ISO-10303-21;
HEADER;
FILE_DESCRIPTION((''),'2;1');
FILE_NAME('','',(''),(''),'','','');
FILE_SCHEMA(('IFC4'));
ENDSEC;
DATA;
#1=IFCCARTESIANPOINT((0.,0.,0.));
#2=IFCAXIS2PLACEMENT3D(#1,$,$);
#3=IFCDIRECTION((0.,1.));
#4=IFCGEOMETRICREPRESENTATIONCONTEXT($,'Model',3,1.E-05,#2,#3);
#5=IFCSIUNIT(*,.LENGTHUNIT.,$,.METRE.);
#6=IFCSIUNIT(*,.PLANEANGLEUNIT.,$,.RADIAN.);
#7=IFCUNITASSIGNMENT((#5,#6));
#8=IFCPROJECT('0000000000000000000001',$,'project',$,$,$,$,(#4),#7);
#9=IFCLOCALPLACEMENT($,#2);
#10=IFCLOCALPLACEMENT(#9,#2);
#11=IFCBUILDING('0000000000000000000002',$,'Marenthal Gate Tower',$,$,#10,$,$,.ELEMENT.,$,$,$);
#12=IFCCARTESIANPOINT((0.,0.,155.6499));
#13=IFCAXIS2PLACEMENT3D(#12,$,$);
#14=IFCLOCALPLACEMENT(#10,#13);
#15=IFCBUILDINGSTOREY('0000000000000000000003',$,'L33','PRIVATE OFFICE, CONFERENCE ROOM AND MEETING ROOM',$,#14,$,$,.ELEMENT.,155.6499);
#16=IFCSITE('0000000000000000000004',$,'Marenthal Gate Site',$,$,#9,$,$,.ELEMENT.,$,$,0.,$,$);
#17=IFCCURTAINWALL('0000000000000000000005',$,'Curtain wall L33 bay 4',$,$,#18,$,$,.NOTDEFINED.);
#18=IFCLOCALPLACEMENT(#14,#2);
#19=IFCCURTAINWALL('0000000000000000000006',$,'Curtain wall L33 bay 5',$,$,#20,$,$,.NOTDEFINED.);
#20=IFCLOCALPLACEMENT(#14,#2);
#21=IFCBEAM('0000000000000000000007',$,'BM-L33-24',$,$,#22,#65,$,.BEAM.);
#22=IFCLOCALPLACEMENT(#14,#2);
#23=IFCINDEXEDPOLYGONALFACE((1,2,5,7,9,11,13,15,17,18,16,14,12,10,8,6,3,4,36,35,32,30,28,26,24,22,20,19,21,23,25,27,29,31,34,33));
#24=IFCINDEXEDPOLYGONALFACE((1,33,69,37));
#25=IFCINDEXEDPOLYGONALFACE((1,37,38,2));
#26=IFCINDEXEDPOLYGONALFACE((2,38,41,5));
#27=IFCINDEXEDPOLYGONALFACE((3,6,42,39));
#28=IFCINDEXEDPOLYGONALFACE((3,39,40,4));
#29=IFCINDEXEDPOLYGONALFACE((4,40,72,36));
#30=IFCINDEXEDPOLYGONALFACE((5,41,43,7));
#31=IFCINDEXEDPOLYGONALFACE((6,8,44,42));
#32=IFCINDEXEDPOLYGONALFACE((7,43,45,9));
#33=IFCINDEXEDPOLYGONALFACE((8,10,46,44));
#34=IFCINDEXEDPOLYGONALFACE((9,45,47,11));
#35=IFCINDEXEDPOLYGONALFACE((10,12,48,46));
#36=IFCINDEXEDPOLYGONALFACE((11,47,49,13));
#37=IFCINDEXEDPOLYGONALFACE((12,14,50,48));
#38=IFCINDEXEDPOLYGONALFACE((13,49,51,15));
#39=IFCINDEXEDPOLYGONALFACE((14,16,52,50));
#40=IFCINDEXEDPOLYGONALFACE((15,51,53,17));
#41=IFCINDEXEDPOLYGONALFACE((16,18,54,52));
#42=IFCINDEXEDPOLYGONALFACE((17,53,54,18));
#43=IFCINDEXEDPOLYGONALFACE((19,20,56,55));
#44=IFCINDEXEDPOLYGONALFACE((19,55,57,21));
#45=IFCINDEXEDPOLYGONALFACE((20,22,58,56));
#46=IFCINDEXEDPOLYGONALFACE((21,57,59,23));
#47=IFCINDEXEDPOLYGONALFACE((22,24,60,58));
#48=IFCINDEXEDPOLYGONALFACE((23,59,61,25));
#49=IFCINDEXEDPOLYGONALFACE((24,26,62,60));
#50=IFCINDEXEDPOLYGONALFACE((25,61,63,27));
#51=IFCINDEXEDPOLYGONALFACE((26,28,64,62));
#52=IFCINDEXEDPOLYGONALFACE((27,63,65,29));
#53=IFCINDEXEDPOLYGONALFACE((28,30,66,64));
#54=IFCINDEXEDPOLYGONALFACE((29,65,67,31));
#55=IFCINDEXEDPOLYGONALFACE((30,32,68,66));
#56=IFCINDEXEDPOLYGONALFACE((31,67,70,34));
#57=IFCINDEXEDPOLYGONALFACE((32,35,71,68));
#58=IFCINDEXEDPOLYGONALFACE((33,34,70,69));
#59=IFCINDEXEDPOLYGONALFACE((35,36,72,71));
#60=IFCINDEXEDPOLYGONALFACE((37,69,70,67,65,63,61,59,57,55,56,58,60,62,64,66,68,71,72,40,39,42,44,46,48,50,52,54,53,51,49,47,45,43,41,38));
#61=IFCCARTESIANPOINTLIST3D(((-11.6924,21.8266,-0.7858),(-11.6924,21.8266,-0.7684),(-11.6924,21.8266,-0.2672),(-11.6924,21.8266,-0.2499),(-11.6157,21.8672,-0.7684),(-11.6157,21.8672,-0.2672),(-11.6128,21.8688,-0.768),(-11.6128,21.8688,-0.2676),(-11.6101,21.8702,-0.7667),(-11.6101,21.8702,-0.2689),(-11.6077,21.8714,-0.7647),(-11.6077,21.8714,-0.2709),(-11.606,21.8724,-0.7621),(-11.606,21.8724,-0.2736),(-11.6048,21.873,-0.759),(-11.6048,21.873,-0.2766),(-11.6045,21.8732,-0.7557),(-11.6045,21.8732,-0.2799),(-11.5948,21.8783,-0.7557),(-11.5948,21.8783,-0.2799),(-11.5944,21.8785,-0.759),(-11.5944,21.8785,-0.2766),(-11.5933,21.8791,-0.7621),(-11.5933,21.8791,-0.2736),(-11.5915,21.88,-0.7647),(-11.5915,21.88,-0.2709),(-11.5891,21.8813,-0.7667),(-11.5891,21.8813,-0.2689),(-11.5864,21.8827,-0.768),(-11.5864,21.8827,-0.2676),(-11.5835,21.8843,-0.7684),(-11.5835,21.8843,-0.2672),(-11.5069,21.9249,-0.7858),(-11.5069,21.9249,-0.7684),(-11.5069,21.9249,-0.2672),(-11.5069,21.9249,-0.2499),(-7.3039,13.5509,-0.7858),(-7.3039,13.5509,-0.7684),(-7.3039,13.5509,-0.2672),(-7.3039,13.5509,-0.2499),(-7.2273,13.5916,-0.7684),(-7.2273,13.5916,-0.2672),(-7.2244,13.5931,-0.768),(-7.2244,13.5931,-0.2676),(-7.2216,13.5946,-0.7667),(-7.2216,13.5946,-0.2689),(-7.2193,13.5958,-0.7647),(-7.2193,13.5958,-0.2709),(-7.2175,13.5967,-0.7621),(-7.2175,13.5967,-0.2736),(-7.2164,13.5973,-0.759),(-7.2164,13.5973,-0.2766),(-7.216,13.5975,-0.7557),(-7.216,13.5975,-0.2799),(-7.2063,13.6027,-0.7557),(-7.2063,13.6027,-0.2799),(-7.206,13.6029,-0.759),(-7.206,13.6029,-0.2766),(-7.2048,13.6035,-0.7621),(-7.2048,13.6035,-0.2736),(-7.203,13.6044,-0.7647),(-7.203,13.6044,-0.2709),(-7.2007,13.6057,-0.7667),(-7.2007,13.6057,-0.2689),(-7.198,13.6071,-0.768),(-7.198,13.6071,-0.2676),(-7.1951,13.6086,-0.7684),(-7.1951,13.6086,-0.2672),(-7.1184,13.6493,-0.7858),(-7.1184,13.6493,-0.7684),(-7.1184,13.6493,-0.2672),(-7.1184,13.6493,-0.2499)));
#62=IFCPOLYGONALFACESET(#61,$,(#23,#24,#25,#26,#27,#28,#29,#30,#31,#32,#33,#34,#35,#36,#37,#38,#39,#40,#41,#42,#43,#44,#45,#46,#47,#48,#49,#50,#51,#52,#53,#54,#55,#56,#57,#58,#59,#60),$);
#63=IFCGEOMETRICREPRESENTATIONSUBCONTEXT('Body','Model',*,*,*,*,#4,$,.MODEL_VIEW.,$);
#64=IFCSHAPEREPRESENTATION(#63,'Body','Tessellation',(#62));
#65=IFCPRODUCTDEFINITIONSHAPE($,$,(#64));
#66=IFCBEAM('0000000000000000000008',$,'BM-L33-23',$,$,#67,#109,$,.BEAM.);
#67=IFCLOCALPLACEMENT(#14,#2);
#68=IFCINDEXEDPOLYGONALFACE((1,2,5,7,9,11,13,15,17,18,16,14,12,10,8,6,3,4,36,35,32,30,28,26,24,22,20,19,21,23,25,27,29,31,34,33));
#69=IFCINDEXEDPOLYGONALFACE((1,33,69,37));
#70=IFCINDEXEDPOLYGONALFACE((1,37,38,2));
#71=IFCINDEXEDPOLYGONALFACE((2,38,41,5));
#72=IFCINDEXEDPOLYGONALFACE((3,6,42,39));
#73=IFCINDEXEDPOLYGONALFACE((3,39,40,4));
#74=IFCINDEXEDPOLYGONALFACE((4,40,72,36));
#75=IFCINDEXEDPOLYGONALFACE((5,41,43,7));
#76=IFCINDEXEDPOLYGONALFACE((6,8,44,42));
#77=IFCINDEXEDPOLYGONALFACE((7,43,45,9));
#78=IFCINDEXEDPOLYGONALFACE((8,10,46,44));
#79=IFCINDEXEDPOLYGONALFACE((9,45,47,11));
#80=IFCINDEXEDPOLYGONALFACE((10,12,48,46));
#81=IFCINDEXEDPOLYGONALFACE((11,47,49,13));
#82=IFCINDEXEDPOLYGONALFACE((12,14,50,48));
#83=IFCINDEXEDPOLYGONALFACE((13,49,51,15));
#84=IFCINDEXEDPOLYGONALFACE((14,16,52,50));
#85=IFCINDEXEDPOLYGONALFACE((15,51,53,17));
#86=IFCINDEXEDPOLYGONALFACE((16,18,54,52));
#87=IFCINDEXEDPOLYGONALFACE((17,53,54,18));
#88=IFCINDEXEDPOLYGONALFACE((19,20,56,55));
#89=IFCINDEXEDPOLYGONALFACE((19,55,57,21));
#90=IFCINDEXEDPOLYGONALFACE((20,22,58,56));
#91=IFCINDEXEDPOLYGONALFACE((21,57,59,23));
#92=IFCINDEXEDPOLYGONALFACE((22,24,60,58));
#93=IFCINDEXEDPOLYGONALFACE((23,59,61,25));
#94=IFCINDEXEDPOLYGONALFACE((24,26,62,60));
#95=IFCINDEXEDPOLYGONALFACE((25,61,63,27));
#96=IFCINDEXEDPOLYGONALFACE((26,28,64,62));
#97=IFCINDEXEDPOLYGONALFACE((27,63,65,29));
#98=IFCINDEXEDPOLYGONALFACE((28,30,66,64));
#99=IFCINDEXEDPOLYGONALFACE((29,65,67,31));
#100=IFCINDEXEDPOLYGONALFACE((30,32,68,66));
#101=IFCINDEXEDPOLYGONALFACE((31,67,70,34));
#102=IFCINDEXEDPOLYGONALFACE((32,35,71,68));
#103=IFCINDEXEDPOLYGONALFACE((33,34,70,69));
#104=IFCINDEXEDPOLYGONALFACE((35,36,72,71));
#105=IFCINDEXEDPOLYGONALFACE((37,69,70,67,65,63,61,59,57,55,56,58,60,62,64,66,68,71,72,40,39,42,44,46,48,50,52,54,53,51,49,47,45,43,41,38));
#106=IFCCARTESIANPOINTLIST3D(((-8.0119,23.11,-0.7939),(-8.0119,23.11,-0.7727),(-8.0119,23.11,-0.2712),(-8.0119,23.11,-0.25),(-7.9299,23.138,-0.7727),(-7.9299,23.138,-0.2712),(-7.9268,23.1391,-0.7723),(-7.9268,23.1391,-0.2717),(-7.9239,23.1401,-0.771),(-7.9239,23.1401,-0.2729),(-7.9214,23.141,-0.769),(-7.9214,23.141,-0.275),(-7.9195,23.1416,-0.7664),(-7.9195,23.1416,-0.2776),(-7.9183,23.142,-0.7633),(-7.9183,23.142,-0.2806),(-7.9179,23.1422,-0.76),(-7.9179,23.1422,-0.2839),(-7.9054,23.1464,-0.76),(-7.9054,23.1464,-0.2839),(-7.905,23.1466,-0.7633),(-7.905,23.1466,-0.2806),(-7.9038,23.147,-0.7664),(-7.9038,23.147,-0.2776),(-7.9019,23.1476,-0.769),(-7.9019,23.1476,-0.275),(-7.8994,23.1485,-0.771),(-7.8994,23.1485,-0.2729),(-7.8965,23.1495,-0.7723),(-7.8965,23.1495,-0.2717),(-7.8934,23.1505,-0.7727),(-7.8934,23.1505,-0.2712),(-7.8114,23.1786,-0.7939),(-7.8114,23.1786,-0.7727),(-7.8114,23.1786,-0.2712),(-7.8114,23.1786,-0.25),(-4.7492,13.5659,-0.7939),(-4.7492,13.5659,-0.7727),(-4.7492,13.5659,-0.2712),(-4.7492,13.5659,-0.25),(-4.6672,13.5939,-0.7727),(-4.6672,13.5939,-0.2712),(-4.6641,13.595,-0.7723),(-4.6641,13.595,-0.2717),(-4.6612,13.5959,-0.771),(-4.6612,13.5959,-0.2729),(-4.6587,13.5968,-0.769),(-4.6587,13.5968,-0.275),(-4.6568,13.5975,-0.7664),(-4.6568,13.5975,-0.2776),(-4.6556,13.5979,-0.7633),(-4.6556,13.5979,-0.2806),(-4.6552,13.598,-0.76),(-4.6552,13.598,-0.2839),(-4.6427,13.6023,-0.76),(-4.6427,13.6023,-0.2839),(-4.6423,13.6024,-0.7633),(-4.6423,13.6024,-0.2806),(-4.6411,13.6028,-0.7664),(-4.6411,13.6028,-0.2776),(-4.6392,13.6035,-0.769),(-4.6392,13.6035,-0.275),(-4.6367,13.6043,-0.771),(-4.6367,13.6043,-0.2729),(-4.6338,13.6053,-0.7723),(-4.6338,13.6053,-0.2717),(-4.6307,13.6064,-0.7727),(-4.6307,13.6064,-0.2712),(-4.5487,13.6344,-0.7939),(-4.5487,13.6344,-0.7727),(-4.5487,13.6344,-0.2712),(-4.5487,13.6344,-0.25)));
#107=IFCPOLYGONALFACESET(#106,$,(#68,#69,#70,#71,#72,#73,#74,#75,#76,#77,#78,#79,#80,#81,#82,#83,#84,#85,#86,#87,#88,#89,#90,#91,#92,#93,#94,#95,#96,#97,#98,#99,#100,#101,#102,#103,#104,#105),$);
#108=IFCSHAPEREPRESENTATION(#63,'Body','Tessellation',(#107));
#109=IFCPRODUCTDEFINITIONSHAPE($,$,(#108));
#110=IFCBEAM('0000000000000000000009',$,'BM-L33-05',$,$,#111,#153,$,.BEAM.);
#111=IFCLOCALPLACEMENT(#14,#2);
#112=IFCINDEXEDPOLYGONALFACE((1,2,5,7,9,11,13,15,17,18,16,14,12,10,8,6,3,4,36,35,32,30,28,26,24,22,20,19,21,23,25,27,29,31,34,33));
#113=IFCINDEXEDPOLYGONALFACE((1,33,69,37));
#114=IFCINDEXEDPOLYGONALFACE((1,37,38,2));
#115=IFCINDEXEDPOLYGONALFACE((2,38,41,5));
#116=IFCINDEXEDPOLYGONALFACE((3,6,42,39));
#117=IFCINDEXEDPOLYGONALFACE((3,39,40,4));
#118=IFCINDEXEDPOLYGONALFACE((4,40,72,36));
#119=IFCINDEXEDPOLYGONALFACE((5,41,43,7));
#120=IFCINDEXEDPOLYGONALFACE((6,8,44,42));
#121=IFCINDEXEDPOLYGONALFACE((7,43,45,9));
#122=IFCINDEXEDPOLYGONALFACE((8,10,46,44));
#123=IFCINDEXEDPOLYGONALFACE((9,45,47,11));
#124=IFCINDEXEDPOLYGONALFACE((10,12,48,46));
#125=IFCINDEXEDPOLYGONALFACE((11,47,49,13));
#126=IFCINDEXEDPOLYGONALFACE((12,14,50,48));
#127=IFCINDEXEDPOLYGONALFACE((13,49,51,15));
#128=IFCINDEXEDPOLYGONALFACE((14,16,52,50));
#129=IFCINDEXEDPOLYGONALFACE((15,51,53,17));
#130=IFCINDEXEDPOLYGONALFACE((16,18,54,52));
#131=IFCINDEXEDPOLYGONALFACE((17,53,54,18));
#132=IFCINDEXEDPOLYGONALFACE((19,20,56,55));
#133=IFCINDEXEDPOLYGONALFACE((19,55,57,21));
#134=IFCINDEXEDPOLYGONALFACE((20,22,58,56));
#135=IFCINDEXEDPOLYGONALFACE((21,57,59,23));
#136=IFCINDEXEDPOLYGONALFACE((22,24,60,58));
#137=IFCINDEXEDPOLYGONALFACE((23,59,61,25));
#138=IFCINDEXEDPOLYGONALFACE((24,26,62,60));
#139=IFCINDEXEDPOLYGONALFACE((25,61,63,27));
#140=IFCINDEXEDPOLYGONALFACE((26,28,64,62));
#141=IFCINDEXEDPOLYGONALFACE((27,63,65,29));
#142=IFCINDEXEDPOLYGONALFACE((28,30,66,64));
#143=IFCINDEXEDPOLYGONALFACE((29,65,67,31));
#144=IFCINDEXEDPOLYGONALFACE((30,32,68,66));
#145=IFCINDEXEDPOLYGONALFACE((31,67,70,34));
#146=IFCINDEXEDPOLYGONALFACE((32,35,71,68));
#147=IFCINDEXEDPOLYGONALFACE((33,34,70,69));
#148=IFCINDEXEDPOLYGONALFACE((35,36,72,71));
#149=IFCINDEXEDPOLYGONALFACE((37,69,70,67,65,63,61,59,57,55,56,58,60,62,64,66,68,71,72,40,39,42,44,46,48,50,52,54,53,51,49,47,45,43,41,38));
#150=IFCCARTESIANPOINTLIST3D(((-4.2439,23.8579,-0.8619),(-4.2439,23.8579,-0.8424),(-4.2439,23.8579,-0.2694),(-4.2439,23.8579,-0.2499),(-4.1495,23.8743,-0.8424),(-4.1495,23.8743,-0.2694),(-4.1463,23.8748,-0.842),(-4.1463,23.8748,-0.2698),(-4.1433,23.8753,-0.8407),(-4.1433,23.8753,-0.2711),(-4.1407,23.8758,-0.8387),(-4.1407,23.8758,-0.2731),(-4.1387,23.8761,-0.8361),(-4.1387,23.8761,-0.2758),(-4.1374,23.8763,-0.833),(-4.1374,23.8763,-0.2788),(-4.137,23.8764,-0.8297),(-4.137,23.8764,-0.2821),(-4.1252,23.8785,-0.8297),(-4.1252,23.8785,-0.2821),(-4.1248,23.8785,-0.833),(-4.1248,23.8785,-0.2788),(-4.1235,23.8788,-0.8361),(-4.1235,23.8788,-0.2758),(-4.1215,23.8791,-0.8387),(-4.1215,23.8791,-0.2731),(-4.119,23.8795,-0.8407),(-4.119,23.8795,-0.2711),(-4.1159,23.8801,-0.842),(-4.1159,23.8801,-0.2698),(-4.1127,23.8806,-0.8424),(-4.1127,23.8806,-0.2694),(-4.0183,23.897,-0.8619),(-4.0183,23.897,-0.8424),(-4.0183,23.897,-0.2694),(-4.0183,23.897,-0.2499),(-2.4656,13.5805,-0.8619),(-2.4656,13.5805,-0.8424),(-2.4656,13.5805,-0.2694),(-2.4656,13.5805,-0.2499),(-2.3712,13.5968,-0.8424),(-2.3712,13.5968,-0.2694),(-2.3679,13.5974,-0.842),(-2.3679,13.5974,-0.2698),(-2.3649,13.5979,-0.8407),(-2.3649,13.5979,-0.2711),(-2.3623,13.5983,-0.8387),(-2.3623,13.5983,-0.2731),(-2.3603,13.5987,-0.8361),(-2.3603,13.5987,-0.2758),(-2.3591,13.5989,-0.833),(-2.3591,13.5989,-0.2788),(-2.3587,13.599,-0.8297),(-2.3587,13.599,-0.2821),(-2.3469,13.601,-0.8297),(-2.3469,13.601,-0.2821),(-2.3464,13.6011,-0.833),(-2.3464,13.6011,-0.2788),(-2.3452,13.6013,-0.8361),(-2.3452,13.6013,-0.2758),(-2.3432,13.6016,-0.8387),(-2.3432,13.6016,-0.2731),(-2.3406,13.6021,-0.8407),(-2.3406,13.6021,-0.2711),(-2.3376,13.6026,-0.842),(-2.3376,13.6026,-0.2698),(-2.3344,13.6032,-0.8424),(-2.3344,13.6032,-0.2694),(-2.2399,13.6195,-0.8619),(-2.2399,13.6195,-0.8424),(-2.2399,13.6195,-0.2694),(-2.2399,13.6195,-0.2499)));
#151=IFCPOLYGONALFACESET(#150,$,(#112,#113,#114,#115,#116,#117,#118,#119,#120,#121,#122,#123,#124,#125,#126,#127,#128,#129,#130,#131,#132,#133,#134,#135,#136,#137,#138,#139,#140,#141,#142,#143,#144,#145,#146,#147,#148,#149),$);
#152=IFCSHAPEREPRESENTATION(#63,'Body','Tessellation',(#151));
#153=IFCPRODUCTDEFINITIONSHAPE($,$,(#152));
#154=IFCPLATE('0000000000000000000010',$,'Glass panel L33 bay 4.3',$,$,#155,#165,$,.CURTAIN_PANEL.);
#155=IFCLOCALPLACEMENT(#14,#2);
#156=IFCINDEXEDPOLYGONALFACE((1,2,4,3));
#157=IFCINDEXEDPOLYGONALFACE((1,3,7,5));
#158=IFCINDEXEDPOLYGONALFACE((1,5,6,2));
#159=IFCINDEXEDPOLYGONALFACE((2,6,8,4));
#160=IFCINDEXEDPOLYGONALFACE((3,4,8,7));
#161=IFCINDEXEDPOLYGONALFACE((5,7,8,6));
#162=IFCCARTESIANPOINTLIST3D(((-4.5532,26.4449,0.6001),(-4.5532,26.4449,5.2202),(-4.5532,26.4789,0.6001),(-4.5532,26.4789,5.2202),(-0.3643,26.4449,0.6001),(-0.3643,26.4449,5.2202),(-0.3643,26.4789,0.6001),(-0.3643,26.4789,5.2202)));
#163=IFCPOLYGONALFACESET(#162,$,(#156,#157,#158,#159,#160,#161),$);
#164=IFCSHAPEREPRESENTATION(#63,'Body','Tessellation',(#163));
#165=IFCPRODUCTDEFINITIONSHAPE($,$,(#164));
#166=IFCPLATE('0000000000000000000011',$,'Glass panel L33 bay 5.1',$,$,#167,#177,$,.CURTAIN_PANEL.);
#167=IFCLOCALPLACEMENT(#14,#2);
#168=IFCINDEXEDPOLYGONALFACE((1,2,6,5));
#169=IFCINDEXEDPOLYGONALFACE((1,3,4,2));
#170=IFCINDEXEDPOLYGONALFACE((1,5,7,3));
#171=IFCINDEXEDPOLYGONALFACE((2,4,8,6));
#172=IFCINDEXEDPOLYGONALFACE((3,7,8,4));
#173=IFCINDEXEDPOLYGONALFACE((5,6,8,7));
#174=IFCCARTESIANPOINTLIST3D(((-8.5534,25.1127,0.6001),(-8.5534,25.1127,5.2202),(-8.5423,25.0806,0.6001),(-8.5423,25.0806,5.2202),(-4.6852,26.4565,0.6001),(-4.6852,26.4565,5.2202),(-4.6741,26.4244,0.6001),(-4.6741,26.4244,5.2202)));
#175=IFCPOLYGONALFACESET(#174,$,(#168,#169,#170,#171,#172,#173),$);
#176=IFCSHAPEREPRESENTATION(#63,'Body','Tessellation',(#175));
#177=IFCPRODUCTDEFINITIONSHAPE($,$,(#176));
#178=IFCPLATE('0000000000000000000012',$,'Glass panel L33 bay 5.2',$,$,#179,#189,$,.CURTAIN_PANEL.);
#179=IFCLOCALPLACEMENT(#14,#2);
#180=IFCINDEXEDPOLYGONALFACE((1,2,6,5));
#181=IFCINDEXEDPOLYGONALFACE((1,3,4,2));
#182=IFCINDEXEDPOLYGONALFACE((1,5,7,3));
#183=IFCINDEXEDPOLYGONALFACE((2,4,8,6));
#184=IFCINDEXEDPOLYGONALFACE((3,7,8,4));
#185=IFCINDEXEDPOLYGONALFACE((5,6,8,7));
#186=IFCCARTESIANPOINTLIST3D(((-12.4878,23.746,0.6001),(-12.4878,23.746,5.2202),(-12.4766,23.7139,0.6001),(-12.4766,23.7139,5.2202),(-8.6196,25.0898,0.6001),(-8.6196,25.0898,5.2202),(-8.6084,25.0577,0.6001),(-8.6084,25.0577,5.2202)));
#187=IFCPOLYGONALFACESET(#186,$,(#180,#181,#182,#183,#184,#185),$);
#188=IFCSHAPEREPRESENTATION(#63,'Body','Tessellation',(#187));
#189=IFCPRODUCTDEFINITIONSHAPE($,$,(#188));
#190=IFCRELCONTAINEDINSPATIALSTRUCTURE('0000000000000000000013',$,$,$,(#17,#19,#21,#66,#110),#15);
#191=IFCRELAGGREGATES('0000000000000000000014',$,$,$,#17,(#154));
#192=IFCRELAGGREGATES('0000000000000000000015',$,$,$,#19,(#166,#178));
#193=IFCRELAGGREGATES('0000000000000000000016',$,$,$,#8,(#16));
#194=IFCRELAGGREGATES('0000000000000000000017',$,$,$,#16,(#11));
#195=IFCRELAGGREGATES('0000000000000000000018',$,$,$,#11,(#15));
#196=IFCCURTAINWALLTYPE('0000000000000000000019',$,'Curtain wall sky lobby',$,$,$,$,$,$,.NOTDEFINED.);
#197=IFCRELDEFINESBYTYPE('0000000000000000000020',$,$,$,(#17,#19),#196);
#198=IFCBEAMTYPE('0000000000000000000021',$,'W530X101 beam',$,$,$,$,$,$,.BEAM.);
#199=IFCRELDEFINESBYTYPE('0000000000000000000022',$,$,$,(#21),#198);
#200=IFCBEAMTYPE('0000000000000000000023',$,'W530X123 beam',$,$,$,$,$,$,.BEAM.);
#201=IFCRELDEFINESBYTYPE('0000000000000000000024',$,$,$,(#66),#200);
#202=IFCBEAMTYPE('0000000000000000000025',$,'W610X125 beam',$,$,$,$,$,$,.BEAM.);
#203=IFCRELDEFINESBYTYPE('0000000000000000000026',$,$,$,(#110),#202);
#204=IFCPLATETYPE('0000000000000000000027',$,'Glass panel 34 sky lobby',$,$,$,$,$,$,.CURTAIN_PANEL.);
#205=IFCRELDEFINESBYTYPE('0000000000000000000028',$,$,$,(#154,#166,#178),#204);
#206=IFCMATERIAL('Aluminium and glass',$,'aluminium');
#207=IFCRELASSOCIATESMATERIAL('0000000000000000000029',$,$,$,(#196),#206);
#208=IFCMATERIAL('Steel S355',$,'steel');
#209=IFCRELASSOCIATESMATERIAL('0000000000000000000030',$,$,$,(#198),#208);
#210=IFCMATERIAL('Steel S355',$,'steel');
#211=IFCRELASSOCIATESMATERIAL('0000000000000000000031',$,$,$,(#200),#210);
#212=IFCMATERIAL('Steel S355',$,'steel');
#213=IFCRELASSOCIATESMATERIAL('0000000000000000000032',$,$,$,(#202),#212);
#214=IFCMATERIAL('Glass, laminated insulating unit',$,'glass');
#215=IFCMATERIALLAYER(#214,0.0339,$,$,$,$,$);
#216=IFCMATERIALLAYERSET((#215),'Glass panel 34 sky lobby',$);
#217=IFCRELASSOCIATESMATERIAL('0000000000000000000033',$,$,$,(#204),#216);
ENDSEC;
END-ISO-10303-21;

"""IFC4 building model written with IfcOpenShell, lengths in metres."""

from ifc_helpers import new_model, si_unit, direction, frame, origin, origin_2d, place, context, subcontext, project, spatial, rectangle, i_section, extrude, material, layer, layer_set, material_profile, profile_set, type_object, element, aggregate, save


model = new_model("IFC4")

# Units and contexts
model_context = context("Model", 3, precision=1e-05, world=origin(), true_north=direction((0.0, 1.0)))
body_context = subcontext(model_context, "Body", "Model", "MODEL_VIEW")
ifc_project = project(units=[si_unit("LENGTHUNIT", "METRE"), si_unit("PLANEANGLEUNIT", "RADIAN")], contexts=[model_context])

# Site, building, storey
site_placement = place(None, origin())
site = spatial("IfcSite", under=ifc_project, at=site_placement, Name="Marenthal Gate Site", CompositionType="ELEMENT", RefElevation=0.0)
building_placement = place(site_placement, origin())
building = spatial("IfcBuilding", under=site, at=building_placement, Name="Marenthal Gate Tower", CompositionType="ELEMENT")
storey_placement = place(building_placement, frame((0.0, 0.0, 155.6499)))
storey = spatial("IfcBuildingStorey", under=building, at=storey_placement, Name="L33", Description="PRIVATE OFFICE, CONFERENCE ROOM AND MEETING ROOM", CompositionType="ELEMENT", Elevation=155.6499)

# Curtain walls
ifc_material_1 = material(Name="Aluminium and glass", Category="aluminium")
curtain_wall_type = type_object("IfcCurtainWallType", Name="Curtain wall sky lobby", PredefinedType="NOTDEFINED", material=ifc_material_1)
curtain_wall_1_placement = place(storey_placement, origin())
curtain_wall_1 = element("IfcCurtainWall", 1, at=curtain_wall_1_placement, inside=storey, type_object=curtain_wall_type, Name="Curtain wall L33 bay 4", PredefinedType="NOTDEFINED")
curtain_wall_2_placement = place(storey_placement, origin())
curtain_wall_2 = element("IfcCurtainWall", 2, at=curtain_wall_2_placement, inside=storey, type_object=curtain_wall_type, Name="Curtain wall L33 bay 5", PredefinedType="NOTDEFINED")

# Beams
ifc_material_2 = material(Name="Steel S355", Category="steel")
ifc_material_profile_1 = material_profile(ifc_material_2, i_section(OverallWidth=0.21, OverallDepth=0.5359, WebThickness=0.011, FlangeThickness=0.0173, FilletRadius=0.0127, at=origin_2d()), Name="W530X101")
ifc_profile_set_1 = profile_set([ifc_material_profile_1], Name="Steel S355")
beam_type_1 = type_object("IfcBeamType", Name="W530X101 beam", PredefinedType="BEAM", material=ifc_profile_set_1)
beam_1_placement = place(storey_placement, frame((-11.5996, 21.8757, -0.5178), z_axis=(0.468489, -0.883469, 0.0), x_axis=(0.883469, 0.468489, 0.0)))
element("IfcBeam", 3, at=beam_1_placement, inside=storey, type_object=beam_type_1, Name="BM-L33-24", PredefinedType="BEAM", context=body_context, shape_type="SweptSolid", body=[
    extrude(i_section(OverallWidth=0.21, OverallDepth=0.5359, WebThickness=0.011, FlangeThickness=0.0173, FilletRadius=0.0127, at=origin_2d()), origin(), (0.0, 0.0, 1.0), 9.3672),
])
ifc_material_3 = material(Name="Steel S355", Category="steel")
ifc_material_profile_2 = material_profile(ifc_material_3, i_section(OverallWidth=0.2119, OverallDepth=0.5439, WebThickness=0.0132, FlangeThickness=0.0212, FilletRadius=0.0127, at=origin_2d()), Name="W530X123")
ifc_profile_set_2 = profile_set([ifc_material_profile_2], Name="Steel S355")
beam_type_2 = type_object("IfcBeamType", Name="W530X123 beam", PredefinedType="BEAM", material=ifc_profile_set_2)
beam_2_placement = place(storey_placement, frame((-7.9116, 23.1443, -0.522), z_axis=(0.323473, -0.946238, 0.0), x_axis=(0.946238, 0.323473, 0.0)))
element("IfcBeam", 4, at=beam_2_placement, inside=storey, type_object=beam_type_2, Name="BM-L33-23", PredefinedType="BEAM", context=body_context, shape_type="SweptSolid", body=[
    extrude(i_section(OverallWidth=0.2119, OverallDepth=0.5439, WebThickness=0.0132, FlangeThickness=0.0212, FilletRadius=0.0127, at=origin_2d()), origin(), (0.0, 0.0, 1.0), 10.0864),
])
ifc_material_4 = material(Name="Steel S355", Category="steel")
ifc_material_profile_3 = material_profile(ifc_material_4, i_section(OverallWidth=0.229, OverallDepth=0.6121, WebThickness=0.012, FlangeThickness=0.0195, FilletRadius=0.0127, at=origin_2d()), Name="W610X125")
ifc_profile_set_3 = profile_set([ifc_material_profile_3], Name="Steel S355")
beam_type_3 = type_object("IfcBeamType", Name="W610X125 beam", PredefinedType="BEAM", material=ifc_profile_set_3)
beam_3_placement = place(storey_placement, frame((-4.1311, 23.8774, -0.5559), z_axis=(0.170499, -0.985358, 0.0), x_axis=(0.985358, 0.170499, 0.0)))
element("IfcBeam", 5, at=beam_3_placement, inside=storey, type_object=beam_type_3, Name="BM-L33-05", PredefinedType="BEAM", context=body_context, shape_type="SweptSolid", body=[
    extrude(i_section(OverallWidth=0.229, OverallDepth=0.6121, WebThickness=0.012, FlangeThickness=0.0195, FilletRadius=0.0127, at=origin_2d()), origin(), (0.0, 0.0, 1.0), 10.4302),
])

# Plates
ifc_material_5 = material(Name="Glass, laminated insulating unit", Category="glass")
ifc_layer_1 = layer(ifc_material_5, 0.0339)
ifc_layer_set_1 = layer_set([ifc_layer_1], Name="Glass panel 34 sky lobby")
plate_type = type_object("IfcPlateType", Name="Glass panel 34 sky lobby", PredefinedType="CURTAIN_PANEL", material=ifc_layer_set_1)
plate_1_placement = place(storey_placement, frame((-2.4587, 26.4619, 0.6001), z_axis=(0.0, 0.0, 1.0), x_axis=(-1.0, 0.0, 0.0)))
plate_1 = element("IfcPlate", 6, at=plate_1_placement, type_object=plate_type, Name="Glass panel L33 bay 4.3", PredefinedType="CURTAIN_PANEL", context=body_context, shape_type="SweptSolid", body=[
    extrude(rectangle(XDim=4.189, YDim=0.0339, at=origin_2d()), origin(), (0.0, 0.0, 1.0), 4.6201),
])
aggregate(curtain_wall_1, [plate_1])
plate_2_placement = place(storey_placement, frame((-6.6138, 25.7686, 0.6001), z_axis=(0.0, 0.0, 1.0), x_axis=(-0.944623, -0.328158, 0.0)))
plate_2 = element("IfcPlate", 7, at=plate_2_placement, type_object=plate_type, Name="Glass panel L33 bay 5.1", PredefinedType="CURTAIN_PANEL", context=body_context, shape_type="SweptSolid", body=[
    extrude(rectangle(XDim=4.095, YDim=0.0339, at=origin_2d()), origin(), (0.0, 0.0, 1.0), 4.6201),
])
plate_3_placement = place(storey_placement, frame((-10.5481, 24.4019, 0.6001), z_axis=(0.0, 0.0, 1.0), x_axis=(-0.944623, -0.328158, 0.0)))
plate_3 = element("IfcPlate", 8, at=plate_3_placement, type_object=plate_type, Name="Glass panel L33 bay 5.2", PredefinedType="CURTAIN_PANEL", context=body_context, shape_type="SweptSolid", body=[
    extrude(rectangle(XDim=4.095, YDim=0.0339, at=origin_2d()), origin(), (0.0, 0.0, 1.0), 4.6201),
])
aggregate(curtain_wall_2, [plate_2, plate_3])

save(model, "model.ifc")
